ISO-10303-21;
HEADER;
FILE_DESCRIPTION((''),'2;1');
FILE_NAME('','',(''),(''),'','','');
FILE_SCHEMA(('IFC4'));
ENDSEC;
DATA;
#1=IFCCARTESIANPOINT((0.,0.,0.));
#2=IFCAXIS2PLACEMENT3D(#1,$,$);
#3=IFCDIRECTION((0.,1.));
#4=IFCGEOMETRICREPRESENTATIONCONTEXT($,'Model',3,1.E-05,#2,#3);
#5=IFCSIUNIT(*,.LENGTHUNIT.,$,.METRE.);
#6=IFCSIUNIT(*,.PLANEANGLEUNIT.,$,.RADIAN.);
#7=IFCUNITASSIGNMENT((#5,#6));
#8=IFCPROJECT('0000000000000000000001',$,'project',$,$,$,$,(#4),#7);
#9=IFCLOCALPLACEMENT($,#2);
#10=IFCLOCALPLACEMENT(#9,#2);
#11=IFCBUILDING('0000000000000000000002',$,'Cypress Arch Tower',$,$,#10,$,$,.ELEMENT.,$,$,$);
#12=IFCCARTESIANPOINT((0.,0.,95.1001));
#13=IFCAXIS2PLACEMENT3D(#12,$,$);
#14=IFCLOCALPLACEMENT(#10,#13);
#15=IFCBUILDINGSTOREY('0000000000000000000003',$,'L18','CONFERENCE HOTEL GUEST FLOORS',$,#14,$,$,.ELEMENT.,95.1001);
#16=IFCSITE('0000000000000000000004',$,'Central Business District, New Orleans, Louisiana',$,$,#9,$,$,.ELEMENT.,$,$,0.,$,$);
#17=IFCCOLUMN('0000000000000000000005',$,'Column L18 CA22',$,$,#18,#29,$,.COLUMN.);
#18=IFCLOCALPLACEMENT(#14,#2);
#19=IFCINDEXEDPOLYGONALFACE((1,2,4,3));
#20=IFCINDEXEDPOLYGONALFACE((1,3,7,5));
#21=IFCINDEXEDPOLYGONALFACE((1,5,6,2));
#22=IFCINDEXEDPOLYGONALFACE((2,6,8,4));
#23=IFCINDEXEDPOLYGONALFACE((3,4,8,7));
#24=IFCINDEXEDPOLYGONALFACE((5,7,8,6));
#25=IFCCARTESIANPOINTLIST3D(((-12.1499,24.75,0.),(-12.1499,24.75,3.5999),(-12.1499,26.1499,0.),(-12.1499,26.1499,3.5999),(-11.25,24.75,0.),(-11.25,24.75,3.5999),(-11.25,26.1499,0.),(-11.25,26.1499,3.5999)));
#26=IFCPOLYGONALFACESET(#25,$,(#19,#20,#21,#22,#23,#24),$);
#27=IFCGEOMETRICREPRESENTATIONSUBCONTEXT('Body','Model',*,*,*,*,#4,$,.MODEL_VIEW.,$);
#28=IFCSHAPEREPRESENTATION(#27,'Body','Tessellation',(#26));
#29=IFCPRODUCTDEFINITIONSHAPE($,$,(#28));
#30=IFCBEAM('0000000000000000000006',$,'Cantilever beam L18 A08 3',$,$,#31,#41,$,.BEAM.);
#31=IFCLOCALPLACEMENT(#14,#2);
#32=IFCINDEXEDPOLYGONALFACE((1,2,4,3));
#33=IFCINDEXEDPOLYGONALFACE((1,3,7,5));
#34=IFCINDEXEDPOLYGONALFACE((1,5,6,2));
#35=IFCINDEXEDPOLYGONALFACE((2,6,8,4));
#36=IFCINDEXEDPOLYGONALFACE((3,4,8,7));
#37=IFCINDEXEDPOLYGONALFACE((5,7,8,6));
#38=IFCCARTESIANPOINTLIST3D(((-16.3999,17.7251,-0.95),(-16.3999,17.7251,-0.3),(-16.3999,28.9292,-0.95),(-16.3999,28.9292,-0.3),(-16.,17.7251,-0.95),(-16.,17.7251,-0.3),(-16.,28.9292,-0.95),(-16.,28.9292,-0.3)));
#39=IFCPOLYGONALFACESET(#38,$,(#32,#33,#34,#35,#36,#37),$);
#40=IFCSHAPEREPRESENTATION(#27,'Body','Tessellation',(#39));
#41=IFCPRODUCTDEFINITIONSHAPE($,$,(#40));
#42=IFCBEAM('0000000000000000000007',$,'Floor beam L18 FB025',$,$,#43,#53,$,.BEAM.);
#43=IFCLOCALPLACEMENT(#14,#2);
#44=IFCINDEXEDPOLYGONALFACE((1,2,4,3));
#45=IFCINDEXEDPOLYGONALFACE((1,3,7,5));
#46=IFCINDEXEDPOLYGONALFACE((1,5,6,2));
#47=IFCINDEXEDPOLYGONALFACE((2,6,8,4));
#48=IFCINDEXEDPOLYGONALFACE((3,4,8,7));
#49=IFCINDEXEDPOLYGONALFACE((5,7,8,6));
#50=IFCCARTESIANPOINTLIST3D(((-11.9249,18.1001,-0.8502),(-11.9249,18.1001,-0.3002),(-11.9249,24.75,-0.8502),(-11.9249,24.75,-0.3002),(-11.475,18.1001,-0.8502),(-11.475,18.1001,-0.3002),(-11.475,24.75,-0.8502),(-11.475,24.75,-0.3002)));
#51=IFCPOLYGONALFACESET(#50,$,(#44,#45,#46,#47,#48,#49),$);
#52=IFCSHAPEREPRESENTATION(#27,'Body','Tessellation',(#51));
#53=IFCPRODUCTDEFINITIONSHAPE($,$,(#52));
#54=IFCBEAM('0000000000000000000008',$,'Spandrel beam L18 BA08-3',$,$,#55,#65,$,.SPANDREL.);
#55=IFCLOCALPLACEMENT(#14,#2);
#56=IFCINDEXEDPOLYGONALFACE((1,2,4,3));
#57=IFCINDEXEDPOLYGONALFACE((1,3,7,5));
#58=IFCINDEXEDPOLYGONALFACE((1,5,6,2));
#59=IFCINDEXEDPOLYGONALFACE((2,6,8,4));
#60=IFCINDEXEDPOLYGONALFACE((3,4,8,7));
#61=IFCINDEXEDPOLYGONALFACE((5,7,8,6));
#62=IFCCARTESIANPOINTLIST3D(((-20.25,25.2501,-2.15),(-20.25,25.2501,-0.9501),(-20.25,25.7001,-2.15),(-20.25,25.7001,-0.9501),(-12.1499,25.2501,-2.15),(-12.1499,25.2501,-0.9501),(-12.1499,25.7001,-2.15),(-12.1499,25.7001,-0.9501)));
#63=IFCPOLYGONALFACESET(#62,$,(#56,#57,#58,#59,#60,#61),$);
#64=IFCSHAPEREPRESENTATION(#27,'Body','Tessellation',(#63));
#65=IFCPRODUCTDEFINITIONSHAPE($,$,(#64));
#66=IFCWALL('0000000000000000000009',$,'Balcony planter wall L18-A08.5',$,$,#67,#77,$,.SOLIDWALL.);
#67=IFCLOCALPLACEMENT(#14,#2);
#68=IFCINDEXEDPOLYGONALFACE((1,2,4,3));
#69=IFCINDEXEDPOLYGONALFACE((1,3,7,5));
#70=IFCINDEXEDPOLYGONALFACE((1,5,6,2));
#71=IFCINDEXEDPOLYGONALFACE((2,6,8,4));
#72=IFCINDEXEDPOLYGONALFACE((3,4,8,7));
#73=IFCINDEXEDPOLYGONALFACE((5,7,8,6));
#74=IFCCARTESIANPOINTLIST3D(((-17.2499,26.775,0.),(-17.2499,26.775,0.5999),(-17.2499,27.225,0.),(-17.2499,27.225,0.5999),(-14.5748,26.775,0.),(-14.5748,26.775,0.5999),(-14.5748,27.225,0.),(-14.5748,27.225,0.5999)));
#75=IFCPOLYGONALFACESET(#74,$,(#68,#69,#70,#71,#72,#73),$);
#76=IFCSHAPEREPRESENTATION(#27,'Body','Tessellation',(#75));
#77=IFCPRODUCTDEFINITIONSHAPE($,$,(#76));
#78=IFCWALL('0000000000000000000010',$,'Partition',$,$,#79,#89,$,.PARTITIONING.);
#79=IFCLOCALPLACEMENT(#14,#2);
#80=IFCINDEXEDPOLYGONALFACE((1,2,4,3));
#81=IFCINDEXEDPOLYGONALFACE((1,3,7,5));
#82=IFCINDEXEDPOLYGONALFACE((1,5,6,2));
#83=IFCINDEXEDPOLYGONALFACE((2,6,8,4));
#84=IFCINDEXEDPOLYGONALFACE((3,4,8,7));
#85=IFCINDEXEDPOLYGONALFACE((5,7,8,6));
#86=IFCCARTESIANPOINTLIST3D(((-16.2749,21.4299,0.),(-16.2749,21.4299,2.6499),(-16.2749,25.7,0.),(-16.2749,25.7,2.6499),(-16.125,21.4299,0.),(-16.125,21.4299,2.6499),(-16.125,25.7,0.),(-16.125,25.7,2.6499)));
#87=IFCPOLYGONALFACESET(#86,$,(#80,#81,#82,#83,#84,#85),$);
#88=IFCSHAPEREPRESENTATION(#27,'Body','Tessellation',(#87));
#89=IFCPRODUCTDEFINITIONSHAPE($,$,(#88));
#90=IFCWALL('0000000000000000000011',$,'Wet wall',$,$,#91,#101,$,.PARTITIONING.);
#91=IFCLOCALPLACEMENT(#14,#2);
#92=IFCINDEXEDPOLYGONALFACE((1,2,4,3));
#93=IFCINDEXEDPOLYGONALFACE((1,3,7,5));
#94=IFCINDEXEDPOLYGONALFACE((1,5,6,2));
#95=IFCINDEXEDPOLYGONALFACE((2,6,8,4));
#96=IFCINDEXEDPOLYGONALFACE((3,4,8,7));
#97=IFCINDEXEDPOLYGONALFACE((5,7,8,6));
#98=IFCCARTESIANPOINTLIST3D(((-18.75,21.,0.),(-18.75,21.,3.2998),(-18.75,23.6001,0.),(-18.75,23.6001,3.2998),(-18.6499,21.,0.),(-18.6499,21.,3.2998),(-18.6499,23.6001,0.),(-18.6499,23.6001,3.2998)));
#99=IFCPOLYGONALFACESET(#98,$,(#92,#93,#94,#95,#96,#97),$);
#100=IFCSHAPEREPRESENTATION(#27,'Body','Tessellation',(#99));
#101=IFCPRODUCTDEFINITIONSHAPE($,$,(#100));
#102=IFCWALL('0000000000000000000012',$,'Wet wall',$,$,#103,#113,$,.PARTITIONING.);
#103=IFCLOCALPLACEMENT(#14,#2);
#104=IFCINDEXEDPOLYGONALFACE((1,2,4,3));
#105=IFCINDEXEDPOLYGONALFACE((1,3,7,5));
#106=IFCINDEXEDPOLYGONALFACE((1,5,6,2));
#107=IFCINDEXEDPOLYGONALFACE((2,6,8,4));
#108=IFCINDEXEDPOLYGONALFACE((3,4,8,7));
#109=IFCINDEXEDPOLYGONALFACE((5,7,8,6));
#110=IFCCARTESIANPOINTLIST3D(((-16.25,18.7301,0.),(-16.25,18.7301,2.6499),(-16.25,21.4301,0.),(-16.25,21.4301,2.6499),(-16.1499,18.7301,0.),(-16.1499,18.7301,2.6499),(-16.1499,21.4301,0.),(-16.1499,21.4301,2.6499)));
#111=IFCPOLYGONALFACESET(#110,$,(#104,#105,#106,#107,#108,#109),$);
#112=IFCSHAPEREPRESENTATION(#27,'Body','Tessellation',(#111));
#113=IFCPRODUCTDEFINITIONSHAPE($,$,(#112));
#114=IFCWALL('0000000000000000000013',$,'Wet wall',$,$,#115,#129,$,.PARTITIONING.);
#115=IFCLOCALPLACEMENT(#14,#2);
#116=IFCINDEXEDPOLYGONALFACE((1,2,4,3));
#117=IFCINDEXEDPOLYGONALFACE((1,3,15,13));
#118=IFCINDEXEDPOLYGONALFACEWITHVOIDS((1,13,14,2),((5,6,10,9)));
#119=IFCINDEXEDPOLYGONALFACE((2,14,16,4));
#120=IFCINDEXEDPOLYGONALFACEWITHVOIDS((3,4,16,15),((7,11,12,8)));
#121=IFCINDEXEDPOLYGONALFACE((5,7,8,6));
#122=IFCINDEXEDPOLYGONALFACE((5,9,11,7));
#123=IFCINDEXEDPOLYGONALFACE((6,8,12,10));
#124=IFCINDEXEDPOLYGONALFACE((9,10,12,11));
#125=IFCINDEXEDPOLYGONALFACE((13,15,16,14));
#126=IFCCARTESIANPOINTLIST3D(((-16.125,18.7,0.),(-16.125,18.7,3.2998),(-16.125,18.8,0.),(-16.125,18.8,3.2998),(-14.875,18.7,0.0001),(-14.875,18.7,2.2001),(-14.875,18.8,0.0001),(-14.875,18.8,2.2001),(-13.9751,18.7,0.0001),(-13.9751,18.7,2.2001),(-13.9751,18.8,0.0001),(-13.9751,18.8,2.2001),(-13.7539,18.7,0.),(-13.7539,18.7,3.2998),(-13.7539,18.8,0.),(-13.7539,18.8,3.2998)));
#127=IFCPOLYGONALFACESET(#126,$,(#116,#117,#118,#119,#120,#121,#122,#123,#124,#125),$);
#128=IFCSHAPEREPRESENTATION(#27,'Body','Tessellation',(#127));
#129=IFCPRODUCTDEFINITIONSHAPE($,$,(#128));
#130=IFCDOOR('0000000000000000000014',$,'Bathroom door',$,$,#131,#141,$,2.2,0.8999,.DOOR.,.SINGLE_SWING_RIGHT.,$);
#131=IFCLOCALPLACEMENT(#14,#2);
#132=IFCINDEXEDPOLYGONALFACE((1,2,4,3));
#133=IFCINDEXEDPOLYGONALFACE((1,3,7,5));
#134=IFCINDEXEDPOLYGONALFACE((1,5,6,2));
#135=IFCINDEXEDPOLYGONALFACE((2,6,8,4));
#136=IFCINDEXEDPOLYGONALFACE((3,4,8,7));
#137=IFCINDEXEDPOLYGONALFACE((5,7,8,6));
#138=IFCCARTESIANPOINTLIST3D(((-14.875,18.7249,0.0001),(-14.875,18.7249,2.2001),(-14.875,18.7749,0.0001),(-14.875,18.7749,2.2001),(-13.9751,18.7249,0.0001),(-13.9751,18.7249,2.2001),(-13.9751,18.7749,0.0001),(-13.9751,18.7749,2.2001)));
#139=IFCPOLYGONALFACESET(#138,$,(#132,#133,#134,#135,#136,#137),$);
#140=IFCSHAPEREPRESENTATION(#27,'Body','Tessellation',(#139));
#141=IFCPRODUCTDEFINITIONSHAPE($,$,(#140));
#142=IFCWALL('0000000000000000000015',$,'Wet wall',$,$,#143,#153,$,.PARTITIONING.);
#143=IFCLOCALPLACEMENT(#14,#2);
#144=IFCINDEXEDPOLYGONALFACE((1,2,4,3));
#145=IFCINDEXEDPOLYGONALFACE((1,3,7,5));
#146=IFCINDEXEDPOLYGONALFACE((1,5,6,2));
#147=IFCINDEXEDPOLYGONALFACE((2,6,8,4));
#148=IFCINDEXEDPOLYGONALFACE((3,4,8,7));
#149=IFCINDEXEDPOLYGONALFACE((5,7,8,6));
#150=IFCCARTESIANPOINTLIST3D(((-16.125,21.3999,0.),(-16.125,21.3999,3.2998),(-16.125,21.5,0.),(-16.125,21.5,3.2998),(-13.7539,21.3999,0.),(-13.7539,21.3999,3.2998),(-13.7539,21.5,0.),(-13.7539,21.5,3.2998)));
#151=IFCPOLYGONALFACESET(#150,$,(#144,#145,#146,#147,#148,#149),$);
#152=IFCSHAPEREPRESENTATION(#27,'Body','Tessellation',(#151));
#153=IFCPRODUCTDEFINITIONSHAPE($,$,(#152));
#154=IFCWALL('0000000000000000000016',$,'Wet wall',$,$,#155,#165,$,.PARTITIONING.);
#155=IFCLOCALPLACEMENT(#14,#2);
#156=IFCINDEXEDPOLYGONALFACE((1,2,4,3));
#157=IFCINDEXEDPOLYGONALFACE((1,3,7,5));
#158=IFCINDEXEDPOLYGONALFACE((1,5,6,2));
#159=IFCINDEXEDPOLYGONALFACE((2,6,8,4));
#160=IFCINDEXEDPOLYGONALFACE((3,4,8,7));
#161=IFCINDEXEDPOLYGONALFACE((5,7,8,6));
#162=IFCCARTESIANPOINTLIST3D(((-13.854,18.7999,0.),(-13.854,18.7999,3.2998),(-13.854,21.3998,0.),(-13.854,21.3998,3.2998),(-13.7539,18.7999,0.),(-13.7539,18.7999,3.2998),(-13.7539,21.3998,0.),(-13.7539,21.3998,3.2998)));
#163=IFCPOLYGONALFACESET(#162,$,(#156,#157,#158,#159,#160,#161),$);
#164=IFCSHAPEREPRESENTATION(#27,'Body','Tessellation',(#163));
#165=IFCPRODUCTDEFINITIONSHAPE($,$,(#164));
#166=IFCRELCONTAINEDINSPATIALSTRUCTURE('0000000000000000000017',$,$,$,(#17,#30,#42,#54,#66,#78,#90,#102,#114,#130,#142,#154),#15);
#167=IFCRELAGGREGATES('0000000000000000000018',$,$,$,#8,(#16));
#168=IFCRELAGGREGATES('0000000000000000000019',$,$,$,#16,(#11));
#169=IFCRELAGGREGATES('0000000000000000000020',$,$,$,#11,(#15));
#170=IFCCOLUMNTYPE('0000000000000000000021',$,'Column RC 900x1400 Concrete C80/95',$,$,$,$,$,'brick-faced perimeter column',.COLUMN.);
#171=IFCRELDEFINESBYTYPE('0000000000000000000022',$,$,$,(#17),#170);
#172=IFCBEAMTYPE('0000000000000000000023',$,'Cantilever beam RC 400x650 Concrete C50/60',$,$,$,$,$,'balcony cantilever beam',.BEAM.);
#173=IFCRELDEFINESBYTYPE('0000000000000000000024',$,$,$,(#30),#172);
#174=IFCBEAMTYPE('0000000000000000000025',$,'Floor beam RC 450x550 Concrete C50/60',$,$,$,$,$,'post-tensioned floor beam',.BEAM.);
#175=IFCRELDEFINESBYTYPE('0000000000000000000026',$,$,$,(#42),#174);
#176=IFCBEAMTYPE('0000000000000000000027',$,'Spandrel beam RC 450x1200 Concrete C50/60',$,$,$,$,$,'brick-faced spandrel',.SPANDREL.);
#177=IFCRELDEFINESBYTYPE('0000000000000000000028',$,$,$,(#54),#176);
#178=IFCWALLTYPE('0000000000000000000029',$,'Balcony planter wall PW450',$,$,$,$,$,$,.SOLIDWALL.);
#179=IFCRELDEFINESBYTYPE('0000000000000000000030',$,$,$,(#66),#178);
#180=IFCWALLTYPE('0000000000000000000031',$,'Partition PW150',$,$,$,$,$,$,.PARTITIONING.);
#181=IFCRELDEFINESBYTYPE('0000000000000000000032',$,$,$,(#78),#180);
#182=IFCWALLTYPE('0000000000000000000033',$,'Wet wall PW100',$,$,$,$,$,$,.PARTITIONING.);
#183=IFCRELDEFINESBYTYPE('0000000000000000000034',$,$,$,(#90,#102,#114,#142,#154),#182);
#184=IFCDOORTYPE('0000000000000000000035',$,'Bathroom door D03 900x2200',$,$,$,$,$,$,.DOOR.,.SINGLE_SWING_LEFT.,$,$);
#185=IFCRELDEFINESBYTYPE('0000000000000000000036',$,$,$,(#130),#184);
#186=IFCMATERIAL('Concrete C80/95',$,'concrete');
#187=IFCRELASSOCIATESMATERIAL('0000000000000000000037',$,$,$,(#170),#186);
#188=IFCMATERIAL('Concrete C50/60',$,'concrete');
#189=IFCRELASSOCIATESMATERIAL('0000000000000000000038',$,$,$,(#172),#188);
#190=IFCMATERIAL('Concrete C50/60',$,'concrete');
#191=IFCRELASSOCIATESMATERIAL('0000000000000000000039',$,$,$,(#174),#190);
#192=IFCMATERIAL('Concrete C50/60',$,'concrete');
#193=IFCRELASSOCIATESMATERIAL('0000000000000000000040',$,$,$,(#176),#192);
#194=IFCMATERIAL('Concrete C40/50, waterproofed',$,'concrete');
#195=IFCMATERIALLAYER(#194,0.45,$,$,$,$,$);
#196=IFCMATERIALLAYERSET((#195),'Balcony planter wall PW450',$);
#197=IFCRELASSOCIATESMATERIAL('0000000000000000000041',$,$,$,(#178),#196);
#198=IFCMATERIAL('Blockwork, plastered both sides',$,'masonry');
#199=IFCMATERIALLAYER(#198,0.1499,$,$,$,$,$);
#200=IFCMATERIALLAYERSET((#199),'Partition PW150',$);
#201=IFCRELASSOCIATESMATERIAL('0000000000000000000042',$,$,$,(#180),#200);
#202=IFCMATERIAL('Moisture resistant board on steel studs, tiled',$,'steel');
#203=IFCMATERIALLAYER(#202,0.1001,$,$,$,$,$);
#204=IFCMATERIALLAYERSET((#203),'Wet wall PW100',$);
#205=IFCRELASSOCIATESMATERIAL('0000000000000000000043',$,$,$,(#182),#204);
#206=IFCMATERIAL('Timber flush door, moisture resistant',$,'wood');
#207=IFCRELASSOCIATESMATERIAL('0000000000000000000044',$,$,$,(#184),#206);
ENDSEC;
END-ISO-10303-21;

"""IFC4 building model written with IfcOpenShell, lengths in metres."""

from ifc_helpers import new_model, si_unit, direction, frame, frame_2d, origin, origin_2d, place, context, subcontext, project, spatial, rectangle, extrude, material, layer, layer_set, material_profile, profile_set, type_object, element, fill, save


model = new_model("IFC4")

# Units and contexts
model_context = context("Model", 3, precision=1e-05, world=origin(), true_north=direction((0.0, 1.0)))
body_context = subcontext(model_context, "Body", "Model", "MODEL_VIEW")
ifc_project = project(units=[si_unit("LENGTHUNIT", "METRE"), si_unit("PLANEANGLEUNIT", "RADIAN")], contexts=[model_context])

# Site, building, storey
site_placement = place(None, origin())
site = spatial("IfcSite", under=ifc_project, at=site_placement, Name="Central Business District, New Orleans, Louisiana", CompositionType="ELEMENT", RefElevation=0.0)
building_placement = place(site_placement, origin())
building = spatial("IfcBuilding", under=site, at=building_placement, Name="Cypress Arch Tower", CompositionType="ELEMENT")
storey_placement = place(building_placement, frame((0.0, 0.0, 95.1001)))
storey = spatial("IfcBuildingStorey", under=building, at=storey_placement, Name="L18", Description="CONFERENCE HOTEL GUEST FLOORS", CompositionType="ELEMENT", Elevation=95.1001)

# Column
ifc_material_1 = material(Name="Concrete C80/95", Category="concrete")
ifc_material_profile_1 = material_profile(ifc_material_1, rectangle(XDim=0.8999, YDim=1.3999, at=origin_2d()), Name="RC 900x1400")
ifc_profile_set_1 = profile_set([ifc_material_profile_1], Name="Concrete C80/95")
column_type = type_object("IfcColumnType", Name="Column RC 900x1400 Concrete C80/95", ElementType="brick-faced perimeter column", PredefinedType="COLUMN", material=ifc_profile_set_1)
column_placement = place(storey_placement, frame((-11.7, 25.45, 0.0), z_axis=(0.0, 0.0, 1.0), x_axis=(-1.0, 0.0, 0.0)))
element("IfcColumn", 1, at=column_placement, inside=storey, type_object=column_type, Name="Column L18 CA22", PredefinedType="COLUMN", context=body_context, shape_type="SweptSolid", body=[
    extrude(rectangle(XDim=0.8999, YDim=1.3999, at=origin_2d()), origin(), (0.0, 0.0, 1.0), 3.5999),
])

# Beams
ifc_material_2 = material(Name="Concrete C50/60", Category="concrete")
ifc_material_profile_2 = material_profile(ifc_material_2, rectangle(XDim=0.3999, YDim=0.6499, at=origin_2d()), Name="RC 400x650")
ifc_profile_set_2 = profile_set([ifc_material_profile_2], Name="Concrete C50/60")
beam_type_1 = type_object("IfcBeamType", Name="Cantilever beam RC 400x650 Concrete C50/60", ElementType="balcony cantilever beam", PredefinedType="BEAM", material=ifc_profile_set_2)
beam_1_placement = place(storey_placement, frame((-16.2, 17.7251, -0.625), z_axis=(0.0, 1.0, 0.0), x_axis=(-1.0, 0.0, 0.0)))
element("IfcBeam", 2, at=beam_1_placement, inside=storey, type_object=beam_type_1, Name="Cantilever beam L18 A08 3", PredefinedType="BEAM", context=body_context, shape_type="SweptSolid", body=[
    extrude(rectangle(XDim=0.3999, YDim=0.6499, at=origin_2d()), origin(), (0.0, 0.0, 1.0), 11.2041),
])
ifc_material_3 = material(Name="Concrete C50/60", Category="concrete")
ifc_material_profile_3 = material_profile(ifc_material_3, rectangle(XDim=0.45, YDim=0.55, at=origin_2d()), Name="RC 450x550")
ifc_profile_set_3 = profile_set([ifc_material_profile_3], Name="Concrete C50/60")
beam_type_2 = type_object("IfcBeamType", Name="Floor beam RC 450x550 Concrete C50/60", ElementType="post-tensioned floor beam", PredefinedType="BEAM", material=ifc_profile_set_3)
beam_2_placement = place(storey_placement, frame((-11.7, 18.1001, -0.5752), z_axis=(0.0, 1.0, 0.0), x_axis=(-1.0, 0.0, 0.0)))
element("IfcBeam", 3, at=beam_2_placement, inside=storey, type_object=beam_type_2, Name="Floor beam L18 FB025", PredefinedType="BEAM", context=body_context, shape_type="SweptSolid", body=[
    extrude(rectangle(XDim=0.45, YDim=0.55, at=origin_2d()), origin(), (0.0, 0.0, 1.0), 6.6499),
])
ifc_material_4 = material(Name="Concrete C50/60", Category="concrete")
ifc_material_profile_4 = material_profile(ifc_material_4, rectangle(XDim=0.45, YDim=1.2, at=origin_2d()), Name="RC 450x1200")
ifc_profile_set_4 = profile_set([ifc_material_profile_4], Name="Concrete C50/60")
beam_type_3 = type_object("IfcBeamType", Name="Spandrel beam RC 450x1200 Concrete C50/60", ElementType="brick-faced spandrel", PredefinedType="SPANDREL", material=ifc_profile_set_4)
beam_3_placement = place(storey_placement, frame((-12.1499, 25.4751, -1.55), z_axis=(-1.0, 0.0, 0.0), x_axis=(0.0, -1.0, 0.0)))
element("IfcBeam", 4, at=beam_3_placement, inside=storey, type_object=beam_type_3, Name="Spandrel beam L18 BA08-3", PredefinedType="SPANDREL", context=body_context, shape_type="SweptSolid", body=[
    extrude(rectangle(XDim=0.45, YDim=1.2, at=origin_2d()), origin(), (0.0, 0.0, 1.0), 8.1001),
])

# Wall
ifc_material_5 = material(Name="Concrete C40/50, waterproofed", Category="concrete")
ifc_layer_1 = layer(ifc_material_5, 0.45)
ifc_layer_set_1 = layer_set([ifc_layer_1], Name="Balcony planter wall PW450")
wall_type_1 = type_object("IfcWallType", Name="Balcony planter wall PW450", PredefinedType="SOLIDWALL", material=ifc_layer_set_1)
wall_1_placement = place(storey_placement, frame((-14.575, 27.0, 0.0), z_axis=(0.0, 0.0, 1.0), x_axis=(-1.0, 0.0, 0.0)))
element("IfcWall", 5, at=wall_1_placement, inside=storey, type_object=wall_type_1, Name="Balcony planter wall L18-A08.5", PredefinedType="SOLIDWALL", context=body_context, shape_type="SweptSolid", body=[
    extrude(rectangle(XDim=2.675, YDim=0.45, at=frame_2d((1.3374, 0.0))), origin(), (0.0, 0.0, 1.0), 0.5999),
])

# Walls
ifc_material_6 = material(Name="Blockwork, plastered both sides", Category="masonry")
ifc_layer_2 = layer(ifc_material_6, 0.1499)
ifc_layer_set_2 = layer_set([ifc_layer_2], Name="Partition PW150")
wall_type_2 = type_object("IfcWallType", Name="Partition PW150", PredefinedType="PARTITIONING", material=ifc_layer_set_2)
wall_2_placement = place(storey_placement, frame((-16.2, 21.4299, 0.0), z_axis=(0.0, 0.0, 1.0), x_axis=(0.0, 1.0, 0.0)))
element("IfcWall", 6, at=wall_2_placement, inside=storey, type_object=wall_type_2, Name="Partition", PredefinedType="PARTITIONING", context=body_context, shape_type="SweptSolid", body=[
    extrude(rectangle(XDim=4.27, YDim=0.1499, at=frame_2d((2.135, 0.0))), origin(), (0.0, 0.0, 1.0), 2.6499),
])
ifc_material_7 = material(Name="Moisture resistant board on steel studs, tiled", Category="steel")
ifc_layer_3 = layer(ifc_material_7, 0.1001)
ifc_layer_set_3 = layer_set([ifc_layer_3], Name="Wet wall PW100")
wall_type_3 = type_object("IfcWallType", Name="Wet wall PW100", PredefinedType="PARTITIONING", material=ifc_layer_set_3)
wall_3_placement = place(storey_placement, frame((-18.7, 21.0, 0.0), z_axis=(0.0, 0.0, 1.0), x_axis=(0.0, 1.0, 0.0)))
element("IfcWall", 7, at=wall_3_placement, inside=storey, type_object=wall_type_3, Name="Wet wall", PredefinedType="PARTITIONING", context=body_context, shape_type="SweptSolid", body=[
    extrude(rectangle(XDim=2.6001, YDim=0.1001, at=frame_2d((1.3, 0.0))), origin(), (0.0, 0.0, 1.0), 3.2998),
])
wall_4_placement = place(storey_placement, frame((-16.2, 18.73, 0.0), z_axis=(0.0, 0.0, 1.0), x_axis=(0.0, 1.0, 0.0)))
element("IfcWall", 8, at=wall_4_placement, inside=storey, type_object=wall_type_3, Name="Wet wall", PredefinedType="PARTITIONING", context=body_context, shape_type="SweptSolid", body=[
    extrude(rectangle(XDim=2.7, YDim=0.1001, at=frame_2d((1.3501, 0.0))), origin(), (0.0, 0.0, 1.0), 2.6499),
])

# Wall, opening, door
wall_5_placement = place(storey_placement, frame((-16.125, 18.75, 0.0), z_axis=(0.0, 0.0, 1.0), x_axis=(1.0, 0.0, 0.0)))
wall_5 = element("IfcWall", 9, at=wall_5_placement, inside=storey, type_object=wall_type_3, Name="Wet wall", PredefinedType="PARTITIONING", context=body_context, shape_type="SweptSolid", body=[
    extrude(rectangle(XDim=2.3711, YDim=0.1001, at=frame_2d((1.1855, 0.0))), origin(), (0.0, 0.0, 1.0), 3.2998),
])
opening_1_placement = place(wall_5_placement, frame((1.25, 0.0, 0.0)))
opening_1 = element("IfcOpeningElement", 10, at=opening_1_placement, cuts=wall_5, PredefinedType="OPENING", context=body_context, shape_type="SweptSolid", body=[
    extrude(rectangle(XDim=0.8999, YDim=2.2, at=frame_2d((0.45, 1.1001))), frame((0.0, 0.0601, 0.0), z_axis=(0.0, -1.0, 0.0), x_axis=(1.0, 0.0, 0.0)), (0.0, 0.0, 1.0), 0.1201),
])
ifc_material_8 = material(Name="Timber flush door, moisture resistant", Category="wood")
door_type_1 = type_object("IfcDoorType", Name="Bathroom door D03 900x2200", OperationType="SINGLE_SWING_LEFT", PredefinedType="DOOR", material=ifc_material_8)
door_1_placement = place(opening_1_placement, origin())
door_1 = element("IfcDoor", 11, at=door_1_placement, inside=storey, type_object=door_type_1, Name="Bathroom door", OperationType="SINGLE_SWING_RIGHT", OverallHeight=2.2, OverallWidth=0.8999, PredefinedType="DOOR", context=body_context, shape_type="SweptSolid", body=[
    extrude(rectangle(XDim=0.8999, YDim=2.2, at=frame_2d((0.45, 1.1001))), frame((0.0, 0.0249, 0.0), z_axis=(0.0, -1.0, 0.0), x_axis=(1.0, 0.0, 0.0)), (0.0, 0.0, 1.0), 0.05),
])
fill(opening_1, door_1)

# Walls
wall_6_placement = place(storey_placement, frame((-16.125, 21.45, 0.0), z_axis=(0.0, 0.0, 1.0), x_axis=(1.0, 0.0, 0.0)))
element("IfcWall", 12, at=wall_6_placement, inside=storey, type_object=wall_type_3, Name="Wet wall", PredefinedType="PARTITIONING", context=body_context, shape_type="SweptSolid", body=[
    extrude(rectangle(XDim=2.3711, YDim=0.1001, at=frame_2d((1.1855, 0.0))), origin(), (0.0, 0.0, 1.0), 3.2998),
])
wall_7_placement = place(storey_placement, frame((-13.804, 18.8, 0.0), z_axis=(0.0, 0.0, 1.0), x_axis=(0.0, 1.0, 0.0)))
element("IfcWall", 13, at=wall_7_placement, inside=storey, type_object=wall_type_3, Name="Wet wall", PredefinedType="PARTITIONING", context=body_context, shape_type="SweptSolid", body=[
    extrude(rectangle(XDim=2.5999, YDim=0.1001, at=frame_2d((1.2998, 0.0))), origin(), (0.0, 0.0, 1.0), 3.2998),
])

save(model, "model.ifc")
